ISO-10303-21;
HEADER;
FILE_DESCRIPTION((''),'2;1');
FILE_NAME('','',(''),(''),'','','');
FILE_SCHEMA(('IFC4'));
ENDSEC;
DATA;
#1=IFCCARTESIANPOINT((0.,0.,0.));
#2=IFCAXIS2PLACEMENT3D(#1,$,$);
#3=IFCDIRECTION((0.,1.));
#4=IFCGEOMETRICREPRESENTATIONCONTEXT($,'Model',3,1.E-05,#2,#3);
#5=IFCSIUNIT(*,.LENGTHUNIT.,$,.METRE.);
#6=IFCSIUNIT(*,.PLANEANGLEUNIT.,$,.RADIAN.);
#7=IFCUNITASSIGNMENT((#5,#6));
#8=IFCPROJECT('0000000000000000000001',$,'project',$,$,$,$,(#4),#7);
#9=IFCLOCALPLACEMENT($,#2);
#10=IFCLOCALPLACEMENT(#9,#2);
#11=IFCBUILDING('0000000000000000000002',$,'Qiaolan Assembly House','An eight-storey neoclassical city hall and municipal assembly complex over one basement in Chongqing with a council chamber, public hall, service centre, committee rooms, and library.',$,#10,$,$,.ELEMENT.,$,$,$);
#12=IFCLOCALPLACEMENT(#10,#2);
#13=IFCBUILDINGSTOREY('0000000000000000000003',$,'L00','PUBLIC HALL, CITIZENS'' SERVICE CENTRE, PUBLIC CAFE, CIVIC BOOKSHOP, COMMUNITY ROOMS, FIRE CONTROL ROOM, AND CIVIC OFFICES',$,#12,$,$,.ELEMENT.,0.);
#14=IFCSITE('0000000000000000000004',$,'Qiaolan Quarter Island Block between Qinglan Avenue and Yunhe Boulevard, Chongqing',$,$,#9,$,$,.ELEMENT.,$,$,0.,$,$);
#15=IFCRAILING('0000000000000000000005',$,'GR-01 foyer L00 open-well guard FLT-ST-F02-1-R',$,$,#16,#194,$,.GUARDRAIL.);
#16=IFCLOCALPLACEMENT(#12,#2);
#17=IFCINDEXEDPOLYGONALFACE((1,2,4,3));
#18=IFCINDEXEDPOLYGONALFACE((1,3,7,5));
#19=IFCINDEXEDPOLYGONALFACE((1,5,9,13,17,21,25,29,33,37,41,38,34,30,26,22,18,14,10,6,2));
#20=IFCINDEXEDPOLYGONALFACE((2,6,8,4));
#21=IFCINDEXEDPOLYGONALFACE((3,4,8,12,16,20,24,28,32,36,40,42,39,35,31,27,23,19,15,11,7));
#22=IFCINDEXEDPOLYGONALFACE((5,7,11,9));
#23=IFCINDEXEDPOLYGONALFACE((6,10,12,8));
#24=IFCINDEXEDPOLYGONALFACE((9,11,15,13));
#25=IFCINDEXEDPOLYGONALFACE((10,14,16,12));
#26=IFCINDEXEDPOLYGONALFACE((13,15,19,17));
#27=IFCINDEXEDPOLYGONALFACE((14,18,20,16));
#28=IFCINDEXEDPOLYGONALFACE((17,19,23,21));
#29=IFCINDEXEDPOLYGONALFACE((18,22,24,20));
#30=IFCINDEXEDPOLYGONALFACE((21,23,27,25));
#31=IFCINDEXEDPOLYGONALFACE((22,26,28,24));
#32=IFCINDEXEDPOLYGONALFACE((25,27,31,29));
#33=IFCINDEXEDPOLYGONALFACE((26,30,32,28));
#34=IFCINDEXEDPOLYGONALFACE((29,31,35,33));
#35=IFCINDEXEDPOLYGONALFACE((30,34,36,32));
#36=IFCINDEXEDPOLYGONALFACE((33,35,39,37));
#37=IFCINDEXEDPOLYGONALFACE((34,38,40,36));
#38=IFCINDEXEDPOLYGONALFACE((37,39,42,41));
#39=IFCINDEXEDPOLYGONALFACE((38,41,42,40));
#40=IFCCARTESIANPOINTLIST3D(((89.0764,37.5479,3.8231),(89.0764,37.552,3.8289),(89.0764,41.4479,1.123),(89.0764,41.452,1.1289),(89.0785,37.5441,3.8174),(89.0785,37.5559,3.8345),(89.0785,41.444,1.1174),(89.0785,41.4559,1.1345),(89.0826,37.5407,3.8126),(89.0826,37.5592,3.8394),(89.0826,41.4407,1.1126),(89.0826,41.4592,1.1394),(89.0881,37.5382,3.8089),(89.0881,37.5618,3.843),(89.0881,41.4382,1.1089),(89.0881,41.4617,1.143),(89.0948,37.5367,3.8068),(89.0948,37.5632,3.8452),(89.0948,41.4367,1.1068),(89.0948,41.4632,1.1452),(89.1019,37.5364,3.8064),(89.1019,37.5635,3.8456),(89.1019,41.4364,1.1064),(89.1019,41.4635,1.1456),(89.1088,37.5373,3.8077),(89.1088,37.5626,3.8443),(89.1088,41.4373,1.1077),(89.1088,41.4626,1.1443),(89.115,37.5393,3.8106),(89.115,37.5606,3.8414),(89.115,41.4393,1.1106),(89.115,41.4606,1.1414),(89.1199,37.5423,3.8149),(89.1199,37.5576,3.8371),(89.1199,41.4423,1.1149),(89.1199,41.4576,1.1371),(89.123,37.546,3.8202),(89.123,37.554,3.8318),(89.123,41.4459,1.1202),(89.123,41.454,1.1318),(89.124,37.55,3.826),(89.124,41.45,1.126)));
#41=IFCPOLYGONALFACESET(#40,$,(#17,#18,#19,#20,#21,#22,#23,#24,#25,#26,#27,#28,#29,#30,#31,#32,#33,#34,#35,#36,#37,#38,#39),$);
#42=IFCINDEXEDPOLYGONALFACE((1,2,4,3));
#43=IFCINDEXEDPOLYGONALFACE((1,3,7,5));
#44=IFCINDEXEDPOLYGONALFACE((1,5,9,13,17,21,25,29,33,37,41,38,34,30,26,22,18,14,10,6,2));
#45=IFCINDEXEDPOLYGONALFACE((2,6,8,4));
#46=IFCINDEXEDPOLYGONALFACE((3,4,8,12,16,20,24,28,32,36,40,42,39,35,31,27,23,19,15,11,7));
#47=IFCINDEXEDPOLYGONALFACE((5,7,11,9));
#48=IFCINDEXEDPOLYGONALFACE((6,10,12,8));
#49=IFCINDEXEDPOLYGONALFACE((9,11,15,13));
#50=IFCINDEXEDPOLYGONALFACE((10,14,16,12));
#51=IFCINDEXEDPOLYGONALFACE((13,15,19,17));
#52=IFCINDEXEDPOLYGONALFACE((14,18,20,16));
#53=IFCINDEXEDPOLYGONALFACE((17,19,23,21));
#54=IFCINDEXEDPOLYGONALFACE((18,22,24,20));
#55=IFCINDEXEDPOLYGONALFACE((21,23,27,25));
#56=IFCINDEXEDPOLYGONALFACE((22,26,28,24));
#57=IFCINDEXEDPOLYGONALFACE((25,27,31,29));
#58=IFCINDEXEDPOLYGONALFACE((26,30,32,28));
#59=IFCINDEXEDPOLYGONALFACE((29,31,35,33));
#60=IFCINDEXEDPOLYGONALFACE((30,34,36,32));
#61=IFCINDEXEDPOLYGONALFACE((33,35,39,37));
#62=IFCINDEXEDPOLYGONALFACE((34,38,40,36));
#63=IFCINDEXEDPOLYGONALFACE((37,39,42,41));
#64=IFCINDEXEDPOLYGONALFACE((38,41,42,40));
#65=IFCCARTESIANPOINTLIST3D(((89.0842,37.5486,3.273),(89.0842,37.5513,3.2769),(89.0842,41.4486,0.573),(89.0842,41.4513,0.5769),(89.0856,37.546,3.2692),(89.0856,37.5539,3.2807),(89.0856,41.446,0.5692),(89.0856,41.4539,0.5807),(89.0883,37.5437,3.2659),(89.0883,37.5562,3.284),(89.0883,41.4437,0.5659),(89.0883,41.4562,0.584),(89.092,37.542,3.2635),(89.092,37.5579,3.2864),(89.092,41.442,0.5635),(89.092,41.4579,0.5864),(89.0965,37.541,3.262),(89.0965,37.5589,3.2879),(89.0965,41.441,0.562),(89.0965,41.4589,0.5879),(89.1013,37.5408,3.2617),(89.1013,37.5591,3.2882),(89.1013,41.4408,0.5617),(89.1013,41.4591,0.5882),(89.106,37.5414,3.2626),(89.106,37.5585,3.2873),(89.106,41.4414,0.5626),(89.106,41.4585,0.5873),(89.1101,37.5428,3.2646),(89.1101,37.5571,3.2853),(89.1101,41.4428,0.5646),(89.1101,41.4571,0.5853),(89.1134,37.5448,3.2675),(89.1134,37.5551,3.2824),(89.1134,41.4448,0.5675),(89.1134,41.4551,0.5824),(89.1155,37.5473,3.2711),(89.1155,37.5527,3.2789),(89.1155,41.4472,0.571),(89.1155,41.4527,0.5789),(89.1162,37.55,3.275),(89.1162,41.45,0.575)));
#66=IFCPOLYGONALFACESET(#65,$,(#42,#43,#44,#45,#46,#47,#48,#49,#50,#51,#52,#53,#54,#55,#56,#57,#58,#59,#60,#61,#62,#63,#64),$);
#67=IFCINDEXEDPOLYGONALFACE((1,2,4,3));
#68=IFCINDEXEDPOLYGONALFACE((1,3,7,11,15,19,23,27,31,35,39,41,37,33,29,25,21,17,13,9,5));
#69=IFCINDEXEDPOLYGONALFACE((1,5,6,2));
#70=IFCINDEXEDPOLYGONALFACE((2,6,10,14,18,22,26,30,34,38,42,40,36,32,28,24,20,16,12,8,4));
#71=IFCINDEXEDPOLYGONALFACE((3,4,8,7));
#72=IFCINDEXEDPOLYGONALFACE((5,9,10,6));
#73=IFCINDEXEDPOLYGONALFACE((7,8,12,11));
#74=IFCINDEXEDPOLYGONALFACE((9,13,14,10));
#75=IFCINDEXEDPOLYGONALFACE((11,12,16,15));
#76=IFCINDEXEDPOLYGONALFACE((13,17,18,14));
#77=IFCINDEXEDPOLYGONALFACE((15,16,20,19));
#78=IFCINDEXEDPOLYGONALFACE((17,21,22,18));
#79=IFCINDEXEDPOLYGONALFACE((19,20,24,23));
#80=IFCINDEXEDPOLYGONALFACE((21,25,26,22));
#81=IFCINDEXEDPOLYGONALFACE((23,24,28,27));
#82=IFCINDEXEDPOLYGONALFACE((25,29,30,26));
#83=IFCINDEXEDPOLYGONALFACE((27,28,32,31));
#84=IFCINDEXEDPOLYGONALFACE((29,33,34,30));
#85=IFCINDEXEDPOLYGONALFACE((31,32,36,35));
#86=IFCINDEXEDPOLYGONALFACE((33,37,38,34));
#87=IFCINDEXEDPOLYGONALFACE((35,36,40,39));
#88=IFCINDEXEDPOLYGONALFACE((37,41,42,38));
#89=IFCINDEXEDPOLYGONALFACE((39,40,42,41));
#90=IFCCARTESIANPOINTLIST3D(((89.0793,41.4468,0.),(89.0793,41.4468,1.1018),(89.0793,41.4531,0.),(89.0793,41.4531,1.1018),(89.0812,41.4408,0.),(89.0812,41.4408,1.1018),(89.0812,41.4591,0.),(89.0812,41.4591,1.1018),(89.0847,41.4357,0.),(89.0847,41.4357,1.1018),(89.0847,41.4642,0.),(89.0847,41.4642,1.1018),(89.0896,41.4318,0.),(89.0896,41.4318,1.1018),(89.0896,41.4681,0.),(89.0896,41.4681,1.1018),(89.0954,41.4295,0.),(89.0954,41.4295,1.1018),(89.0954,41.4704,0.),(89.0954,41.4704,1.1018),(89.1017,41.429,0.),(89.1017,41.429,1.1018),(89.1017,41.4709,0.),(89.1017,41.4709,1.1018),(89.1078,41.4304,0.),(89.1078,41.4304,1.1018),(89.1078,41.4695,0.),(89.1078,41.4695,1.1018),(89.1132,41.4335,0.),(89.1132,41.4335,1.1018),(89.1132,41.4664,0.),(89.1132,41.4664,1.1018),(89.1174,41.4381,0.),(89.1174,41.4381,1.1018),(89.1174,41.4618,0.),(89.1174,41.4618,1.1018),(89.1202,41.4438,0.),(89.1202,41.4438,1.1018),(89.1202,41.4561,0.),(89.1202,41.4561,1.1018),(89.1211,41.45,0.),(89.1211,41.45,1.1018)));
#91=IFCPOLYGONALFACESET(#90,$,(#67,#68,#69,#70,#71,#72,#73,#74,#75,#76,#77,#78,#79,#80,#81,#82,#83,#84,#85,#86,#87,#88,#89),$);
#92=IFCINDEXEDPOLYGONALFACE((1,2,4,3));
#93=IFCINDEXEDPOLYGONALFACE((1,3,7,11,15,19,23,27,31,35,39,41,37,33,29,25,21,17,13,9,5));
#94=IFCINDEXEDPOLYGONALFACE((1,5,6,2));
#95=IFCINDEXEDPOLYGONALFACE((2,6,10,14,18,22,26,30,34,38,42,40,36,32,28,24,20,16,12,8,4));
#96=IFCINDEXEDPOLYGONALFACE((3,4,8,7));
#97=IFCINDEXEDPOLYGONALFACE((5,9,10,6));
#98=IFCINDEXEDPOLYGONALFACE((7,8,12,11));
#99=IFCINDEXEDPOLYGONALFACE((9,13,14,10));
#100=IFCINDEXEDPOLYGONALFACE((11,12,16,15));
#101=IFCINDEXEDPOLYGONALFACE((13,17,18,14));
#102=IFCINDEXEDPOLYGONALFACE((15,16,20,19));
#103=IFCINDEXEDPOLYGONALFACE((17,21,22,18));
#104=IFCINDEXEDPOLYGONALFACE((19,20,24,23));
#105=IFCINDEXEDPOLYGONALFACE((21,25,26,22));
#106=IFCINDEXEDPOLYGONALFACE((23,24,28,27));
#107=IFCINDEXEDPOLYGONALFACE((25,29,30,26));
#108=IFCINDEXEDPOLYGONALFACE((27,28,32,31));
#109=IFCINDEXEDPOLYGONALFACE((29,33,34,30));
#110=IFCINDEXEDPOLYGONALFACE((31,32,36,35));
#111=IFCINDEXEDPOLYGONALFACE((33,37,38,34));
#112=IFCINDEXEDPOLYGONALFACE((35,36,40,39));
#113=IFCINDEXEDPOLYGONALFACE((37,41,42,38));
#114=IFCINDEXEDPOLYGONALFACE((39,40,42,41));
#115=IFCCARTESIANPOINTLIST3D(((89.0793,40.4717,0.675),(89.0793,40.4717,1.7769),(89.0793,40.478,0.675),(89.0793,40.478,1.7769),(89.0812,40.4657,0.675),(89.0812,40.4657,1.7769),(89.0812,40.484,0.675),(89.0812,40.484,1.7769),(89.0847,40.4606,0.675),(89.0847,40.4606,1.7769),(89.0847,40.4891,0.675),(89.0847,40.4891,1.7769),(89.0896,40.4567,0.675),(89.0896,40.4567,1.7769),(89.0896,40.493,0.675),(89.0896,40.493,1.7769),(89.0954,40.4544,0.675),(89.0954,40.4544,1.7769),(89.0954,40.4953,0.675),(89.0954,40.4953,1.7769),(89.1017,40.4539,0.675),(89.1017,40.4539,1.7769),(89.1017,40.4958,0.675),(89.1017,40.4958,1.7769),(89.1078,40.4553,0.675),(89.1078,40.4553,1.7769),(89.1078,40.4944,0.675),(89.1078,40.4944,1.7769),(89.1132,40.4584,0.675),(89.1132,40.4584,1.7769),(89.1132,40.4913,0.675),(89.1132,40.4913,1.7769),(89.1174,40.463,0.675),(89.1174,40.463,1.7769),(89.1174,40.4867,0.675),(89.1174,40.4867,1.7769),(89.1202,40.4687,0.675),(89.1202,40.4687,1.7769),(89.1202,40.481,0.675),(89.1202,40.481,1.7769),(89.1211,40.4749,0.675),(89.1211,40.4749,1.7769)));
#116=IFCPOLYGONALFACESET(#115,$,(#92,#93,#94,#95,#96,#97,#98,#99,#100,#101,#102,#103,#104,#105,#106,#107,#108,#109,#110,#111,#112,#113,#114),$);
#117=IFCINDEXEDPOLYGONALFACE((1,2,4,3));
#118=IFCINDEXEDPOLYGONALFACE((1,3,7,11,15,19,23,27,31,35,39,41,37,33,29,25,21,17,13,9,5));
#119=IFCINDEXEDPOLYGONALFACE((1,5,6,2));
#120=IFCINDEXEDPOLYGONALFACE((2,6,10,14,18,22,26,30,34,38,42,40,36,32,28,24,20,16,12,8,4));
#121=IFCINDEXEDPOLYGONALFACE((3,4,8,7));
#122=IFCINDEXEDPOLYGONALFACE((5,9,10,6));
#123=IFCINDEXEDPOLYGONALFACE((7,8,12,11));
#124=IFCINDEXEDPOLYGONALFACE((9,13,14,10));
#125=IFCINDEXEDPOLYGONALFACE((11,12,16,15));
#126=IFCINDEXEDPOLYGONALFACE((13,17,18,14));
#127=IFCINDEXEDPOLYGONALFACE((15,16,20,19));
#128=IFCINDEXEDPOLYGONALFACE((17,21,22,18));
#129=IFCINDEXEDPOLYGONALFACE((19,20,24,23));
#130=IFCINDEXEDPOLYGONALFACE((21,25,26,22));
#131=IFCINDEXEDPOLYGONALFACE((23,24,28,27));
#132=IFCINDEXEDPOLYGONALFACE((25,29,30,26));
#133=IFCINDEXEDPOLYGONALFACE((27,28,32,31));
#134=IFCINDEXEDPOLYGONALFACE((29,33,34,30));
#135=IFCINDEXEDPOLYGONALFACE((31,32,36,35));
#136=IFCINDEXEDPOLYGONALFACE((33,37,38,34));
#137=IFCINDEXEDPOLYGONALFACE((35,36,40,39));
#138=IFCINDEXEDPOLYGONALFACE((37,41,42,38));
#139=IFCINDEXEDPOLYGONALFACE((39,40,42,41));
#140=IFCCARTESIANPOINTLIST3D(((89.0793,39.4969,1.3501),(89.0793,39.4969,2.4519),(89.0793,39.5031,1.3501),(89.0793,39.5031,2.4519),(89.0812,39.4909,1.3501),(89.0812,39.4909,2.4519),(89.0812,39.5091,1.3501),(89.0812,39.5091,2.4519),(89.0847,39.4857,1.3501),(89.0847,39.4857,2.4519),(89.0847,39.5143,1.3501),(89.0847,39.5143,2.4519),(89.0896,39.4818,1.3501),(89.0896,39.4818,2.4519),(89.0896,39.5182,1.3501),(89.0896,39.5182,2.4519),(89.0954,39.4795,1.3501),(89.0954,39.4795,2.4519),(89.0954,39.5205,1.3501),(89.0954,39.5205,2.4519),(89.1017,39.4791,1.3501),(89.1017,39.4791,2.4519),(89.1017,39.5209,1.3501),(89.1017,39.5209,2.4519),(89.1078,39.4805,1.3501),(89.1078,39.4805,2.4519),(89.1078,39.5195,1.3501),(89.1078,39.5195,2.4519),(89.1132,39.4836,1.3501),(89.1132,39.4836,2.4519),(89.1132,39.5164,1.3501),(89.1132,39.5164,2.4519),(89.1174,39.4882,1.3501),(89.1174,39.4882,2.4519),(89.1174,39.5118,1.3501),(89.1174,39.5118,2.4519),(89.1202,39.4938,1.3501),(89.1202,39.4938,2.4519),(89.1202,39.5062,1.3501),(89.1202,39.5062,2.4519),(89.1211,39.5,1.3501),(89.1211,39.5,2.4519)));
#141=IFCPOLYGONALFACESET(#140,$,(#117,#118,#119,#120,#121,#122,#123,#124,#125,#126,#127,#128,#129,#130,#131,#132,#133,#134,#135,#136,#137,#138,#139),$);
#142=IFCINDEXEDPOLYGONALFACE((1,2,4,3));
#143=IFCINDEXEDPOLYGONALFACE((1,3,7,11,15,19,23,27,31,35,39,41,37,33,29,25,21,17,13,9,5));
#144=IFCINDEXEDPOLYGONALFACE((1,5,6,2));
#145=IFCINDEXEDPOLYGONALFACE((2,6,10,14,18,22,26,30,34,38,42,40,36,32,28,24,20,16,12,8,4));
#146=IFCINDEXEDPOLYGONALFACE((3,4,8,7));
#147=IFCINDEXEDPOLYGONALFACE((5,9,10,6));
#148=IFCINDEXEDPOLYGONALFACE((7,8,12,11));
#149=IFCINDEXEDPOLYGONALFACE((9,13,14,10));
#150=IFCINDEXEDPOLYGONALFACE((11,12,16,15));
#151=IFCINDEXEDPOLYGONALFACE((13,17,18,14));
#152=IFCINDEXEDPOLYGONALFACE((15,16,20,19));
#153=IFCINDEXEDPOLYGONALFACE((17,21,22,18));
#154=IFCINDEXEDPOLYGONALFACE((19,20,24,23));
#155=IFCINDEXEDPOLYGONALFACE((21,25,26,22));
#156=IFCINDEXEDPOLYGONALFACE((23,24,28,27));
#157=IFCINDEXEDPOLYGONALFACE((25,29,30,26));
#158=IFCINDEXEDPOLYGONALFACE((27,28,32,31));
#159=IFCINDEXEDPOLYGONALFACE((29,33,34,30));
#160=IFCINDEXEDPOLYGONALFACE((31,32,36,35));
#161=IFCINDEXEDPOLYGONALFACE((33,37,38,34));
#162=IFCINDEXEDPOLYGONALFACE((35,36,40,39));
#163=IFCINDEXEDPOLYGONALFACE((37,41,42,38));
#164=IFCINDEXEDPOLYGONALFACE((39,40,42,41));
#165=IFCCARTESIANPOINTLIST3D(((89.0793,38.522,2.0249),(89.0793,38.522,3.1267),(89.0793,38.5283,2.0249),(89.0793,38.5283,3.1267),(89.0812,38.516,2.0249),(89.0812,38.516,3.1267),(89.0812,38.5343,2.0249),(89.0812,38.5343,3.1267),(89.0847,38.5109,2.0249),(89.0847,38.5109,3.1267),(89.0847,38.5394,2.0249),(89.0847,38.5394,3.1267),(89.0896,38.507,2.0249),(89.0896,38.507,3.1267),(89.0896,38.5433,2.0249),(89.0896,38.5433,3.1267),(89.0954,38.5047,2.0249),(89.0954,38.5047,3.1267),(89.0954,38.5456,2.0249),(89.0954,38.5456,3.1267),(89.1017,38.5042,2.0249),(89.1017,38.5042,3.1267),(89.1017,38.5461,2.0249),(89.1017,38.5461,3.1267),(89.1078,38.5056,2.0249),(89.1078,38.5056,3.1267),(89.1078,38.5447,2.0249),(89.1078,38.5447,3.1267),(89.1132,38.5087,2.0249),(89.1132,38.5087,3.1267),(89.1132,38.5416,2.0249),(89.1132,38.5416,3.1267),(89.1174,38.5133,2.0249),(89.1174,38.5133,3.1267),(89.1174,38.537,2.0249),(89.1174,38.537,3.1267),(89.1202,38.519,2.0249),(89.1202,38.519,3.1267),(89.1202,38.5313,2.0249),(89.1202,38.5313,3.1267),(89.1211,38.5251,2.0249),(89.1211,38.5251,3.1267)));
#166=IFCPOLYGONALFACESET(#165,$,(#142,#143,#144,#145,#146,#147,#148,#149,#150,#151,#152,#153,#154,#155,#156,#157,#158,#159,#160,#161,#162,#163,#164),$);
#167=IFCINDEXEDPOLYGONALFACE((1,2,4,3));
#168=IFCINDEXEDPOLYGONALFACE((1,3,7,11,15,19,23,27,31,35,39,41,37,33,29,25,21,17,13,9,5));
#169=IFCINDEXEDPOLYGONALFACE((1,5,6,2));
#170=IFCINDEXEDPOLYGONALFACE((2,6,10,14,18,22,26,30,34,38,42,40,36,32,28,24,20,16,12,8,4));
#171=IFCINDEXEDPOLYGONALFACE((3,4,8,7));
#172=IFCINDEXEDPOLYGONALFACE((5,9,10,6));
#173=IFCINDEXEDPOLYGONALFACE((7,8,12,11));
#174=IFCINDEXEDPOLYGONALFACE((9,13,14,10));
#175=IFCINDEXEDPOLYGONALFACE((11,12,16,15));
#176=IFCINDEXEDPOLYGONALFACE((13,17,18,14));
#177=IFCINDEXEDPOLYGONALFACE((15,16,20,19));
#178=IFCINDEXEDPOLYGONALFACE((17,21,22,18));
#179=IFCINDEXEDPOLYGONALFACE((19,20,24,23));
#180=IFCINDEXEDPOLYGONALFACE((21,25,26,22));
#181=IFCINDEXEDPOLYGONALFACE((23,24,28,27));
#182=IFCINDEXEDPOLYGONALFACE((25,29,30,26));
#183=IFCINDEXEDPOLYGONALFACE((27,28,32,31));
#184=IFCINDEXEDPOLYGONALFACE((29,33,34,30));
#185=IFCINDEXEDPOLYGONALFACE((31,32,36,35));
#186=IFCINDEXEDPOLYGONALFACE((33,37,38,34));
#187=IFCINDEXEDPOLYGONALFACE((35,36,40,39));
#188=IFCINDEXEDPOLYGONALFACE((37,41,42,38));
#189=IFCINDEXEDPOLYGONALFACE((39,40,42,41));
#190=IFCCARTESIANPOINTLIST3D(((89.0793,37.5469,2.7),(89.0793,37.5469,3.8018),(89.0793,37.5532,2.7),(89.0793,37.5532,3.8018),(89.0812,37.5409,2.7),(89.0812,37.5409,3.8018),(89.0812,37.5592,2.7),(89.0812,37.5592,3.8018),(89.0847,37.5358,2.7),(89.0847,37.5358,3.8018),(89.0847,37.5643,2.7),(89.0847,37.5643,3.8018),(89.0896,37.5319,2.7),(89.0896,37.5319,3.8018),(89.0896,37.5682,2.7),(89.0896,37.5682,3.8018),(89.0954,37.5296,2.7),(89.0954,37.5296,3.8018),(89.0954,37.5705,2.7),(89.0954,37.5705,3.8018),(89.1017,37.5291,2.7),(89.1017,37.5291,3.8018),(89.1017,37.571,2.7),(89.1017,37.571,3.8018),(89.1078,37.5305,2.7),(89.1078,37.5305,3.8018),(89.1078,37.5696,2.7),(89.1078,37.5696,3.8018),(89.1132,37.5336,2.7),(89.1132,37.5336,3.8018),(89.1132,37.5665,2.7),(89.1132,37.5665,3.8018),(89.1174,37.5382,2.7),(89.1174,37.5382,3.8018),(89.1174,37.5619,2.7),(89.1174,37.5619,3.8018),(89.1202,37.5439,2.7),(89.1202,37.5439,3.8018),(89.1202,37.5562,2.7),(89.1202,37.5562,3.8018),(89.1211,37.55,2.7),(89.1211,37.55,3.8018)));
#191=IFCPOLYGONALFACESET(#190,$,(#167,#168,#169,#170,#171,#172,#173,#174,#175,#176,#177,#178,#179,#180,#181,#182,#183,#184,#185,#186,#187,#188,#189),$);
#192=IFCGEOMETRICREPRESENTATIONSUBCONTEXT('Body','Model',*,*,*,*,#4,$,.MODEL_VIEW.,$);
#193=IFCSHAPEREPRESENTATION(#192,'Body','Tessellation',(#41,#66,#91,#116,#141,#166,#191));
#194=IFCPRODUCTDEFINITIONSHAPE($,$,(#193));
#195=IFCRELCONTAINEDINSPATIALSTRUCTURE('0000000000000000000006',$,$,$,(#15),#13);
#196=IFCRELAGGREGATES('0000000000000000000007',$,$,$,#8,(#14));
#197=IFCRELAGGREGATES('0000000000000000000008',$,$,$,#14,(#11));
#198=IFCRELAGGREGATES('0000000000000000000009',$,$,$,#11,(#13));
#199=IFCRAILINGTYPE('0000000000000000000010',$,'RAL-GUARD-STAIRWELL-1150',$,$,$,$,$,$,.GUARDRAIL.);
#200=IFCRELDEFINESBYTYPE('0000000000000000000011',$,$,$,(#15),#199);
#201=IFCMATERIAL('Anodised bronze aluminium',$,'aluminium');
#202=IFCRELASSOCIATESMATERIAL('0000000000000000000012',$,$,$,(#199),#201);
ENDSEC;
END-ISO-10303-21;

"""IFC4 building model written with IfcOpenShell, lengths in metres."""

from ifc_helpers import new_model, si_unit, direction, frame, origin, origin_2d, place, context, subcontext, project, spatial, circle, extrude, material, type_object, element, save


model = new_model("IFC4")

# Units and contexts
model_context = context("Model", 3, precision=1e-05, world=origin(), true_north=direction((0.0, 1.0)))
body_context = subcontext(model_context, "Body", "Model", "MODEL_VIEW")
ifc_project = project(units=[si_unit("LENGTHUNIT", "METRE"), si_unit("PLANEANGLEUNIT", "RADIAN")], contexts=[model_context])

# Site, building, storey
site_placement = place(None, origin())
site = spatial("IfcSite", under=ifc_project, at=site_placement, Name="Qiaolan Quarter Island Block between Qinglan Avenue and Yunhe Boulevard, Chongqing", CompositionType="ELEMENT", RefElevation=0.0)
building_placement = place(site_placement, origin())
building = spatial("IfcBuilding", under=site, at=building_placement, Name="Qiaolan Assembly House", Description="An eight-storey neoclassical city hall and municipal assembly complex over one basement in Chongqing with a council chamber, public hall, service centre, committee rooms, and library.", CompositionType="ELEMENT")
storey_placement = place(building_placement, origin())
storey = spatial("IfcBuildingStorey", under=building, at=storey_placement, Name="L00", Description="PUBLIC HALL, CITIZENS' SERVICE CENTRE, PUBLIC CAFE, CIVIC BOOKSHOP, COMMUNITY ROOMS, FIRE CONTROL ROOM, AND CIVIC OFFICES", CompositionType="ELEMENT", Elevation=0.0)

# Railing
ifc_material_1 = material(Name="Anodised bronze aluminium", Category="aluminium")
railing_type = type_object("IfcRailingType", Name="RAL-GUARD-STAIRWELL-1150", PredefinedType="GUARDRAIL", material=ifc_material_1)
railing_1_placement = place(storey_placement, frame((89.1001, 41.45, 0.0)))
element("IfcRailing", 1, at=railing_1_placement, inside=storey, type_object=railing_type, Name="GR-01 foyer L00 open-well guard FLT-ST-F02-1-R", PredefinedType="GUARDRAIL", context=body_context, shape_type="SweptSolid", body=[
    extrude(circle(Radius=0.0239, at=origin_2d()), frame((0.0, 0.0, 1.126), z_axis=(0.0, -0.82219, 0.569213), x_axis=(1.0, 0.0, 0.0)), (0.0, 0.0, 1.0), 4.7434),
    extrude(circle(Radius=0.0161, at=origin_2d()), frame((0.0, 0.0, 0.575), z_axis=(0.0, -0.82219, 0.569213), x_axis=(1.0, 0.0, 0.0)), (0.0, 0.0, 1.0), 4.7434),
    extrude(circle(Radius=0.021, at=origin_2d()), origin(), (0.0, 0.0, 1.0), 1.1018),
    extrude(circle(Radius=0.021, at=origin_2d()), frame((0.0, -0.9751, 0.675)), (0.0, 0.0, 1.0), 1.1018),
    extrude(circle(Radius=0.021, at=origin_2d()), frame((0.0, -1.95, 1.3501)), (0.0, 0.0, 1.0), 1.1018),
    extrude(circle(Radius=0.021, at=origin_2d()), frame((0.0, -2.9248, 2.0249)), (0.0, 0.0, 1.0), 1.1018),
    extrude(circle(Radius=0.021, at=origin_2d()), frame((0.0, -3.8999, 2.7)), (0.0, 0.0, 1.0), 1.1018),
])

save(model, "model.ifc")
